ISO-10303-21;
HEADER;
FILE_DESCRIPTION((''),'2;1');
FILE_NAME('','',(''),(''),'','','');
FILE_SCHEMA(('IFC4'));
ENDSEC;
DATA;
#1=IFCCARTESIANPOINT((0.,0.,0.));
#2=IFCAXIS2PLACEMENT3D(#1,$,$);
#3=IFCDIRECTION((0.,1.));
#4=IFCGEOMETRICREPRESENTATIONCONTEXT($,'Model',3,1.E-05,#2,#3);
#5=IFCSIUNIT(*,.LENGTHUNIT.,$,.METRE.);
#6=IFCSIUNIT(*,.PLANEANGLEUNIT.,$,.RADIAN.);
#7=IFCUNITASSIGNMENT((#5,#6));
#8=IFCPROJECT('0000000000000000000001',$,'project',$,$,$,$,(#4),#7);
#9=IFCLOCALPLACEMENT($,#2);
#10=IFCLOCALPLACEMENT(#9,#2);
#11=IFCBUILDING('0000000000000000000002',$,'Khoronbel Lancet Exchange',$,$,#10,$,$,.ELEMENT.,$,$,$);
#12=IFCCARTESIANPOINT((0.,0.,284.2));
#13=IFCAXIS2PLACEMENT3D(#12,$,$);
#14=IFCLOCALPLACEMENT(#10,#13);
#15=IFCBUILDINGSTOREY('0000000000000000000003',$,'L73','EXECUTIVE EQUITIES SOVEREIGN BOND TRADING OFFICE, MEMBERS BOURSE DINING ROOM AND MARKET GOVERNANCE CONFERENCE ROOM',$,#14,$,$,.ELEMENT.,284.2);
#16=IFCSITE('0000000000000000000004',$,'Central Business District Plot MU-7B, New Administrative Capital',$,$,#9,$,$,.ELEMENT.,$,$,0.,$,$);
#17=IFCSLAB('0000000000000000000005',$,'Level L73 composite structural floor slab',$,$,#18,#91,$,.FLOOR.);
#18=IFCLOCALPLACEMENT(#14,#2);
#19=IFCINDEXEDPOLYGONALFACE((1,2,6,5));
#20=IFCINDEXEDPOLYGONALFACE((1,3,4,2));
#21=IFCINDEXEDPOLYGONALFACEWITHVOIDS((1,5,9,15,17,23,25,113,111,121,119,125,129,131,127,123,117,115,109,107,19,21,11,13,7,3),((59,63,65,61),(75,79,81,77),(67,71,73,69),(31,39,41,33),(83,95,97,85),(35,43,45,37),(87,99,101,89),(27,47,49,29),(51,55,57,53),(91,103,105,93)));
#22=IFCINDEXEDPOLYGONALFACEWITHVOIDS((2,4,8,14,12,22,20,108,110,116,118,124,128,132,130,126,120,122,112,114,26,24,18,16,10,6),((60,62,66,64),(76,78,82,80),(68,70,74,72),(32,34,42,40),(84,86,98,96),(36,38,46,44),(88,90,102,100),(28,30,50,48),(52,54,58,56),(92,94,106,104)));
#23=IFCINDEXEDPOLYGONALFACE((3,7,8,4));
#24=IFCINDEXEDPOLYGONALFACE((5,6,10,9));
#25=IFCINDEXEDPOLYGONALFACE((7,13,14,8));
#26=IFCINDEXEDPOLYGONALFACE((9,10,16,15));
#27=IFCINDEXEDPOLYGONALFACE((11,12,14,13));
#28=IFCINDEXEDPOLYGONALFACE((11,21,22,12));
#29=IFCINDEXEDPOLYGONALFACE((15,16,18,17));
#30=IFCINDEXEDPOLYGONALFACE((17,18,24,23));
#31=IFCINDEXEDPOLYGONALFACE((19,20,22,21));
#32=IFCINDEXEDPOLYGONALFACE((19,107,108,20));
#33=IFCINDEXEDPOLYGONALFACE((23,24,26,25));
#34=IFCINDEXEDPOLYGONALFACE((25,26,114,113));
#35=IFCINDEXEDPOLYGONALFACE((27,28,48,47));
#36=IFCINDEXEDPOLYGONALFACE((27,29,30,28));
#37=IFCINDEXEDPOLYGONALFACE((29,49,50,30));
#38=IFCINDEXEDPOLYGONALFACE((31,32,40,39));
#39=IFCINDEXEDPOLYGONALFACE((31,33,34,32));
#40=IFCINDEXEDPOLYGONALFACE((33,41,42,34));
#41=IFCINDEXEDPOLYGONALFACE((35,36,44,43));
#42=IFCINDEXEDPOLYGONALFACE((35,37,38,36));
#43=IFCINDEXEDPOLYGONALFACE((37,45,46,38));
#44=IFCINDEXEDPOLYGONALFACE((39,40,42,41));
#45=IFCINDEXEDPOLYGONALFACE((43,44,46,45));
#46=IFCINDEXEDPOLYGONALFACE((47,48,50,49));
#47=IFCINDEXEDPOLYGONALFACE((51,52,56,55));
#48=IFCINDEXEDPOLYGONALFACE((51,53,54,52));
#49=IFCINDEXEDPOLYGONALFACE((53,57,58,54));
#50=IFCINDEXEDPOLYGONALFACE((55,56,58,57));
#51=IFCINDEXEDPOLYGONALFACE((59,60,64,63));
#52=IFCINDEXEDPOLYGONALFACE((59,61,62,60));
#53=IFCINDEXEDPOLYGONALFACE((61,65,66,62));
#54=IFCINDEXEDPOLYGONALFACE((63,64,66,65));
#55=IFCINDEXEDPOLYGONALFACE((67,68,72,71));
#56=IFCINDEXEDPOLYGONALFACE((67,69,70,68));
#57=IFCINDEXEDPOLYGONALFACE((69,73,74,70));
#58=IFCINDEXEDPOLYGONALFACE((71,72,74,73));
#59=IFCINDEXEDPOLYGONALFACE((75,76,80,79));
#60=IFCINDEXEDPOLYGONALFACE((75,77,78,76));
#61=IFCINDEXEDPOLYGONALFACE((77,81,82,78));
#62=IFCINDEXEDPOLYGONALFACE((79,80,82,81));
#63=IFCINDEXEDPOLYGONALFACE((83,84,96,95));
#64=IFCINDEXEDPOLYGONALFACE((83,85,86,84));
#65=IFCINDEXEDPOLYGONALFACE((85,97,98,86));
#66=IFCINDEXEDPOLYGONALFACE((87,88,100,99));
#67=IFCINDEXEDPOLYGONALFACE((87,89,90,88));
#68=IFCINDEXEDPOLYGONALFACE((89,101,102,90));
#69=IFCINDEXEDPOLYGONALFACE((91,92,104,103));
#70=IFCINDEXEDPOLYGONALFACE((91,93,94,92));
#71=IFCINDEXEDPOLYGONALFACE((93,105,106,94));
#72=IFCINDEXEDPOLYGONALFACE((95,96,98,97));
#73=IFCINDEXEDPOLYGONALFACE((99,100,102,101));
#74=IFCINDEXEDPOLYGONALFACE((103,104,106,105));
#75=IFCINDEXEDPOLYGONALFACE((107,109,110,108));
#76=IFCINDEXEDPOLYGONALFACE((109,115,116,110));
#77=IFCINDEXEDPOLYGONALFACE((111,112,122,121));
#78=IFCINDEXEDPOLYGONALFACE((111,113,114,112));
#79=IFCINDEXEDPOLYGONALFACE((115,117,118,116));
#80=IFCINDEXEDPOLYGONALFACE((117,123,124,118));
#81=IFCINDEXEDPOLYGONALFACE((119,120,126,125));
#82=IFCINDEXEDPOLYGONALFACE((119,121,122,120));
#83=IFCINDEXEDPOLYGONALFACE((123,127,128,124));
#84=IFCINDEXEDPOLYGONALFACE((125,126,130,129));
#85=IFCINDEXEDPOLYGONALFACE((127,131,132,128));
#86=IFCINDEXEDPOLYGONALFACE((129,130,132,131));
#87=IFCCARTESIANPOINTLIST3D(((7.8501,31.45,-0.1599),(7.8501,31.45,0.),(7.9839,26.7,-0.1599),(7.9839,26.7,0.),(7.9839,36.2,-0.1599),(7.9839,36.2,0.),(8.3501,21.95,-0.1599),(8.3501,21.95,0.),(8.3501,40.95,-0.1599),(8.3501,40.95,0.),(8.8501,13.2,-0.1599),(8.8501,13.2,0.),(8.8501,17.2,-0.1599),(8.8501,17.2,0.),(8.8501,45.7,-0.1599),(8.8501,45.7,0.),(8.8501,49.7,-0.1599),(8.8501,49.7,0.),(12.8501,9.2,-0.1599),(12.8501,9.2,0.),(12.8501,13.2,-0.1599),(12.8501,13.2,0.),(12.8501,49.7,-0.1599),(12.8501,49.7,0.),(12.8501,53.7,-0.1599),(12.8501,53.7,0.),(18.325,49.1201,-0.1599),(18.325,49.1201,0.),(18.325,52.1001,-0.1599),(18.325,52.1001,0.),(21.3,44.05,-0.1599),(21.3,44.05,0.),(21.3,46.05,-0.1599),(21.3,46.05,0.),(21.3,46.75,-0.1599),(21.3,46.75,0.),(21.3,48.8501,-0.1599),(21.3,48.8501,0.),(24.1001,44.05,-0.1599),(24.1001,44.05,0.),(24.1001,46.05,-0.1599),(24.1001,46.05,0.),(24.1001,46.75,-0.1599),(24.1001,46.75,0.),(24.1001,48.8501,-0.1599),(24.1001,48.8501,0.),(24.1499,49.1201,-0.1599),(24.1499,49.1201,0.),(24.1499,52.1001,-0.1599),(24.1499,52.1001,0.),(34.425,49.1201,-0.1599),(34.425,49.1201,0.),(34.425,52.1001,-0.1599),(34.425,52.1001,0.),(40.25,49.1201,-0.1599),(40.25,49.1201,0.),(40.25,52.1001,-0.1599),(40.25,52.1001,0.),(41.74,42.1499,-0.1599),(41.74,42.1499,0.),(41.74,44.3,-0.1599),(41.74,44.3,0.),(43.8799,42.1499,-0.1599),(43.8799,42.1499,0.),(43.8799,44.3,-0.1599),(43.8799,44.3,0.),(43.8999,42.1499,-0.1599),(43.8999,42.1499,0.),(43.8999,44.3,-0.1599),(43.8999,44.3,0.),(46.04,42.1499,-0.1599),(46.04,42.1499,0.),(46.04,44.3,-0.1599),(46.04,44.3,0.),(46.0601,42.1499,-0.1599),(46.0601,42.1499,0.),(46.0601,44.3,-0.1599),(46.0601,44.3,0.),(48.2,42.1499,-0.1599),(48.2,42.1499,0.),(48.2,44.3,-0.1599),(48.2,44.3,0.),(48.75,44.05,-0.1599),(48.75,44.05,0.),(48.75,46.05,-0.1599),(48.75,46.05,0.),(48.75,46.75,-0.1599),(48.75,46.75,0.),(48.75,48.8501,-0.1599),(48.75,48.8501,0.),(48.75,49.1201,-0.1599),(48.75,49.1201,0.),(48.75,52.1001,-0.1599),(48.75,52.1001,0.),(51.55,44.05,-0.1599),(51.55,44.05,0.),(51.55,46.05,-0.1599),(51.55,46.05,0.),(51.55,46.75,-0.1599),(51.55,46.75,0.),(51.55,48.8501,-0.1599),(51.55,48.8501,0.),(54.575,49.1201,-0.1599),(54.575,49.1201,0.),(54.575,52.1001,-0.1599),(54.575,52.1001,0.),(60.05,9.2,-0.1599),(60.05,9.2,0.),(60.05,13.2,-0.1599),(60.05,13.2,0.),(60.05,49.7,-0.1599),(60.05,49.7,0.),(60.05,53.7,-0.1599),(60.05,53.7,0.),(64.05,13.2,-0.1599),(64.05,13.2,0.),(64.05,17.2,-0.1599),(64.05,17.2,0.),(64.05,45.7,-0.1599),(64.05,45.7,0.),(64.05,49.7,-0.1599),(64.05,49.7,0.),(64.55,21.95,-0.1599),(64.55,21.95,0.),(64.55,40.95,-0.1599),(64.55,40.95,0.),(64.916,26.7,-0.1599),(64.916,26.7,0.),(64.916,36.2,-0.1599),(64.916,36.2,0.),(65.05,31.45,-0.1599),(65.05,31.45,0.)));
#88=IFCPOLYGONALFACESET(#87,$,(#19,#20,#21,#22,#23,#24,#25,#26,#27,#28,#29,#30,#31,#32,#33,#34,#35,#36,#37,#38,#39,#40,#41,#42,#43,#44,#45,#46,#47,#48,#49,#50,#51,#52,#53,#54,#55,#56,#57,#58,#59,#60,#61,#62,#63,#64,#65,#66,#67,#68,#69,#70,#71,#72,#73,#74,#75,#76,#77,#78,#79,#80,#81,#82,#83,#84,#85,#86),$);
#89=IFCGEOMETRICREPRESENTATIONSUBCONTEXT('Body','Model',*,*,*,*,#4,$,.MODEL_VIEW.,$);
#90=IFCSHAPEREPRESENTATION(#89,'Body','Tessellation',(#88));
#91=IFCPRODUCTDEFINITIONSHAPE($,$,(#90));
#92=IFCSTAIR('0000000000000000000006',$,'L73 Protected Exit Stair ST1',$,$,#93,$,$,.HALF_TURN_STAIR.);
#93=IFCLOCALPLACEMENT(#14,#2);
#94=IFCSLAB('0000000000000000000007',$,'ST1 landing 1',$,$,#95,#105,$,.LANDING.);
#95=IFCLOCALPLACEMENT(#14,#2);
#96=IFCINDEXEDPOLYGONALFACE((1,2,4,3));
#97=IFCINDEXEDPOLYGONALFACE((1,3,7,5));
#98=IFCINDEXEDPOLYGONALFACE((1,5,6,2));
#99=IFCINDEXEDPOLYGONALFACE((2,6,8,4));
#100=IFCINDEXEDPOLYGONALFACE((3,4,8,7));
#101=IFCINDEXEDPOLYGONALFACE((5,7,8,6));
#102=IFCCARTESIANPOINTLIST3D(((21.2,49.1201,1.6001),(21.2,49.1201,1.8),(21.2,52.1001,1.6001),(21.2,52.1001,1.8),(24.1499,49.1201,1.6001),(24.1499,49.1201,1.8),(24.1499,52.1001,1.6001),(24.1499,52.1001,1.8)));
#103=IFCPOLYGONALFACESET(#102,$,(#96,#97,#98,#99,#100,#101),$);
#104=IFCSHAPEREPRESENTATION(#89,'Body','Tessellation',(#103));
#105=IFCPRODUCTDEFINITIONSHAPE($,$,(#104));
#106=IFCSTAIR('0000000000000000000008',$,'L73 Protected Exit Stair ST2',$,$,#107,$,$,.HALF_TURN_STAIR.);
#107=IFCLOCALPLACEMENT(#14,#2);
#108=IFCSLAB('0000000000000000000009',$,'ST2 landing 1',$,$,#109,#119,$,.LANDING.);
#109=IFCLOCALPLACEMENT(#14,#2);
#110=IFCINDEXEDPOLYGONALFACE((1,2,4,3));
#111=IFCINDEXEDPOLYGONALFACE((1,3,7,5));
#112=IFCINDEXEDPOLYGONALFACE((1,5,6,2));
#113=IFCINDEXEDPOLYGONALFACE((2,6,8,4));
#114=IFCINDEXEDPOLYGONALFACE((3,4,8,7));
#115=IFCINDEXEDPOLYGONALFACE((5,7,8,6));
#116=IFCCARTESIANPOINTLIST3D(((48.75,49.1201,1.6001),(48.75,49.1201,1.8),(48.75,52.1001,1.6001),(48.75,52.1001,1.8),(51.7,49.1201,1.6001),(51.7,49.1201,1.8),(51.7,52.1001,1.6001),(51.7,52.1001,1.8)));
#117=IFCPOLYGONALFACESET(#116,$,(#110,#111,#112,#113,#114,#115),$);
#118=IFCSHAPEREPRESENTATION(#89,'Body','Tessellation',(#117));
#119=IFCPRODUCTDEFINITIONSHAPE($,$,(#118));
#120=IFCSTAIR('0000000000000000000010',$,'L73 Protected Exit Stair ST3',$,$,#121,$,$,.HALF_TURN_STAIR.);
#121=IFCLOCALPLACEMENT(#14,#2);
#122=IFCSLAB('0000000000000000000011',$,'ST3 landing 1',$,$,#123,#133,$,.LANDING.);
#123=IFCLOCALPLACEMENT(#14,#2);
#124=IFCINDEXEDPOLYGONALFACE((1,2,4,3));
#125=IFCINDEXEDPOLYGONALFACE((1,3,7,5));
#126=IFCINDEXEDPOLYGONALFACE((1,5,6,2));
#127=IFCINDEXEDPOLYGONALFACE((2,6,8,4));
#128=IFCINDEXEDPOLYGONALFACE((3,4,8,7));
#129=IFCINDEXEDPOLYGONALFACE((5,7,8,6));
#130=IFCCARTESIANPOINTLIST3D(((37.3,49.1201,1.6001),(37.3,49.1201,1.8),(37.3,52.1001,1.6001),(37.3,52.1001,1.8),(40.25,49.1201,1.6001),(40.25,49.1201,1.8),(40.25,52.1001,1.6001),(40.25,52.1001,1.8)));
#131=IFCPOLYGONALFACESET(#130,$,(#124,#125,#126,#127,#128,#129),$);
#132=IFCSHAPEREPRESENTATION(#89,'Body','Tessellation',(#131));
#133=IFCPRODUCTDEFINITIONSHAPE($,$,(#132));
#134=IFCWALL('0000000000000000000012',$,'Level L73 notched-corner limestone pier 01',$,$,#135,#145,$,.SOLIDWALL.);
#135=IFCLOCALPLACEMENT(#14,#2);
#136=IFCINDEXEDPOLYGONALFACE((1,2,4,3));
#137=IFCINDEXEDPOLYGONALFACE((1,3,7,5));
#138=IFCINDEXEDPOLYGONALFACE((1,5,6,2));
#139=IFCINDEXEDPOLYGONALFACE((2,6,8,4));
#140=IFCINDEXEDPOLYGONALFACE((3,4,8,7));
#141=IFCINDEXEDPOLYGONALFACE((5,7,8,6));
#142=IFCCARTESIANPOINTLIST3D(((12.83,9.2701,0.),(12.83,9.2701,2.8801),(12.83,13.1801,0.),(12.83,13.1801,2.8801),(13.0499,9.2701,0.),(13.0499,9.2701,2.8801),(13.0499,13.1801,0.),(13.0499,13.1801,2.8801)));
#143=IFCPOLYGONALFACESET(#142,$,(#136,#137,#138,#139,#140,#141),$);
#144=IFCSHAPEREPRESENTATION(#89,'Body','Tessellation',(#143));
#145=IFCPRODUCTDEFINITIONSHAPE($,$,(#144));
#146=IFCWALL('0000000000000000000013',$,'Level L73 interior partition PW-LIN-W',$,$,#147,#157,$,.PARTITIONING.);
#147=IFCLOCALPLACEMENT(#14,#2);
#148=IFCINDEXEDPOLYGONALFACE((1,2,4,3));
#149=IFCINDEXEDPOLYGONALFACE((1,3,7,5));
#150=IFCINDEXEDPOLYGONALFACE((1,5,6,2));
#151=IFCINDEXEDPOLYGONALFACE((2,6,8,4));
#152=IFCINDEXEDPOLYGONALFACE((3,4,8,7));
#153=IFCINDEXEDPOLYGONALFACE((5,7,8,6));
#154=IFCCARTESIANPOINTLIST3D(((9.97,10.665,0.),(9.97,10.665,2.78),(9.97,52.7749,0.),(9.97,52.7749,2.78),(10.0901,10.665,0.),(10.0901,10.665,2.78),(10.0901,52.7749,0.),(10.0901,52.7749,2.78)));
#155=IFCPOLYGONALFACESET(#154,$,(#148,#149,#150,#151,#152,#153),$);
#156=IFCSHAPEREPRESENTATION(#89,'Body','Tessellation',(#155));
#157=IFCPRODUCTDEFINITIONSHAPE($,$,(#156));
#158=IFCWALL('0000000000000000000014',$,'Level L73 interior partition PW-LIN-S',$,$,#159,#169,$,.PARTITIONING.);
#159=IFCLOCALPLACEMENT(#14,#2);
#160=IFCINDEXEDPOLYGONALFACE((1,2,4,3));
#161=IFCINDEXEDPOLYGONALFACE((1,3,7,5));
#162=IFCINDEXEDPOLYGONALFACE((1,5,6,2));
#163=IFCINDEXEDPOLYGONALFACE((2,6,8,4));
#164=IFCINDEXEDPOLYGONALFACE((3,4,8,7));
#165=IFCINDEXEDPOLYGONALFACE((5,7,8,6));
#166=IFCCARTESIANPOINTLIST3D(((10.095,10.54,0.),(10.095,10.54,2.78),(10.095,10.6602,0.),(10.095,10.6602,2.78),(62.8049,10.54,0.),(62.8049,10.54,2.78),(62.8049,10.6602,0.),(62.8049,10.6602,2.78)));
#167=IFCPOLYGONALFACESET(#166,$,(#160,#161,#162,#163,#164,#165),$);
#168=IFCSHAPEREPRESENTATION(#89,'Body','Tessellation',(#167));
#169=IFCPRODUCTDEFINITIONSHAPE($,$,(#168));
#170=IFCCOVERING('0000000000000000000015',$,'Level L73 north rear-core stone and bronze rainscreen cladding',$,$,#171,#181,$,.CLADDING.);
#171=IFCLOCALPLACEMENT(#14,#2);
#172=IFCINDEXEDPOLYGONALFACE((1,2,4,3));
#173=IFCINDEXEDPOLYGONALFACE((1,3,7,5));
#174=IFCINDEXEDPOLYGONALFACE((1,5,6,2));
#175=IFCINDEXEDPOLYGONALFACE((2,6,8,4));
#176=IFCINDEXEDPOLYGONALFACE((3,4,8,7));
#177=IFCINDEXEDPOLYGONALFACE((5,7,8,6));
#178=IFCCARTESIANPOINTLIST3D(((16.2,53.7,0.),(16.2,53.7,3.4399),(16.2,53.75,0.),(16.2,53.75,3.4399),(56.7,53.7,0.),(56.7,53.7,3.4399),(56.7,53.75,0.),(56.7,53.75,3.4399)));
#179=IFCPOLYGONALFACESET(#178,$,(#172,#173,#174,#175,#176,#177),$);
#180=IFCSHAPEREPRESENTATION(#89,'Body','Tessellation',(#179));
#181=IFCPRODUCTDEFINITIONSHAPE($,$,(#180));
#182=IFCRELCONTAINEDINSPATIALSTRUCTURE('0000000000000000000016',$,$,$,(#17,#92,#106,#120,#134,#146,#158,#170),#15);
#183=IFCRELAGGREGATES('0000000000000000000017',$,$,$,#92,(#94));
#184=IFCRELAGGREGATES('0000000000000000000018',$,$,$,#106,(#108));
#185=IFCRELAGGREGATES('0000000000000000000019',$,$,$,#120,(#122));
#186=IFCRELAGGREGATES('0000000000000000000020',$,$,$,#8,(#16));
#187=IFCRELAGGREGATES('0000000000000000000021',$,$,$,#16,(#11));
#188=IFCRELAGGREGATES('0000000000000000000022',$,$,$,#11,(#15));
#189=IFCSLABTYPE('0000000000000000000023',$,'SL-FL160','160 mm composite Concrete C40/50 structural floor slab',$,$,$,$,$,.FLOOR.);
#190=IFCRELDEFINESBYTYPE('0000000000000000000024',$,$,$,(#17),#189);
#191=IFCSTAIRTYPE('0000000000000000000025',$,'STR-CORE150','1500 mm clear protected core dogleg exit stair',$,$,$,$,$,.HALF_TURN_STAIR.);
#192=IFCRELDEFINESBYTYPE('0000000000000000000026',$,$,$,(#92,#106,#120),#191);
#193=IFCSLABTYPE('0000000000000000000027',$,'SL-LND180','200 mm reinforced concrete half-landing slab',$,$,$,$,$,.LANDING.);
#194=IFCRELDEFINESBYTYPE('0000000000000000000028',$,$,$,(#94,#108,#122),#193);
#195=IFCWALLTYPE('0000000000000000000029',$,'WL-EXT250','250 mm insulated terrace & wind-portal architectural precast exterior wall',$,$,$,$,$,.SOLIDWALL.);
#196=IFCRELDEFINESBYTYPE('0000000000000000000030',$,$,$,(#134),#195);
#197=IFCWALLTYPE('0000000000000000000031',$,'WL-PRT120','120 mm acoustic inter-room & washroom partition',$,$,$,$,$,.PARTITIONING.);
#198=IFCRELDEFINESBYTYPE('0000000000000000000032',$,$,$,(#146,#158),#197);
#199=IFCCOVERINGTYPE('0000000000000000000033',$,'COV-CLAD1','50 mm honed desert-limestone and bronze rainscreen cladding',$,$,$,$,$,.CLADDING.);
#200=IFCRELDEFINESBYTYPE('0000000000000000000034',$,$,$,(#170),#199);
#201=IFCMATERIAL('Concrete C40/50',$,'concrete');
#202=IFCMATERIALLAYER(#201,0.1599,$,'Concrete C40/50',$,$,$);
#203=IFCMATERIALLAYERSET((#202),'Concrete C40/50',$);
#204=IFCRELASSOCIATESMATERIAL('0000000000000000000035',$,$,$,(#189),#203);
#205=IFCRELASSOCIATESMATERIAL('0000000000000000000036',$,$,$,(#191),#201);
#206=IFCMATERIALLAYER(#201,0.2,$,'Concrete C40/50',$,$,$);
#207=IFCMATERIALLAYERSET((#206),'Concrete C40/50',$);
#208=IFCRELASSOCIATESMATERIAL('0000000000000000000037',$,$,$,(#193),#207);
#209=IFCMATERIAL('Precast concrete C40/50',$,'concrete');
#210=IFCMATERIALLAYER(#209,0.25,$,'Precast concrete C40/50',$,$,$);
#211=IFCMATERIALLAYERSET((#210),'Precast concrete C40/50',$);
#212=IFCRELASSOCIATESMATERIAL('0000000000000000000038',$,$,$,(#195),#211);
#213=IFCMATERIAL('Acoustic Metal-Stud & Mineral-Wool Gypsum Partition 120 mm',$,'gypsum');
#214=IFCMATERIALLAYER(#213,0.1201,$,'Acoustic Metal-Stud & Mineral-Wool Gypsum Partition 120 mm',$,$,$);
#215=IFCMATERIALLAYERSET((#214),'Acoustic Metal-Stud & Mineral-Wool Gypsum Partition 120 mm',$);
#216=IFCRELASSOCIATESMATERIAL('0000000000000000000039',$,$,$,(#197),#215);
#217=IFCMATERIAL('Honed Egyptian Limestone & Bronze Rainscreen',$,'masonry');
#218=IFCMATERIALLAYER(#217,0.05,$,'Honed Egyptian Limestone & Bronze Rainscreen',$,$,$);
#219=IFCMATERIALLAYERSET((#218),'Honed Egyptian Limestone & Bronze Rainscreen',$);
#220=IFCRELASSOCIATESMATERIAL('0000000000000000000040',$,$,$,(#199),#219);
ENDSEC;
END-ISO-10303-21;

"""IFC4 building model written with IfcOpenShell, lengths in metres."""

from ifc_helpers import new_model, si_unit, direction, frame, frame_2d, origin, place, context, subcontext, project, spatial, polyline, rectangle, outline, extrude, material, layer, layer_set, type_object, element, aggregate, save


model = new_model("IFC4")

# Units and contexts
model_context = context("Model", 3, precision=1e-05, world=origin(), true_north=direction((0.0, 1.0)))
body_context = subcontext(model_context, "Body", "Model", "MODEL_VIEW")
ifc_project = project(units=[si_unit("LENGTHUNIT", "METRE"), si_unit("PLANEANGLEUNIT", "RADIAN")], contexts=[model_context])

# Site, building, storey
site_placement = place(None, origin())
site = spatial("IfcSite", under=ifc_project, at=site_placement, Name="Central Business District Plot MU-7B, New Administrative Capital", CompositionType="ELEMENT", RefElevation=0.0)
building_placement = place(site_placement, origin())
building = spatial("IfcBuilding", under=site, at=building_placement, Name="Khoronbel Lancet Exchange", CompositionType="ELEMENT")
storey_placement = place(building_placement, frame((0.0, 0.0, 284.2)))
storey = spatial("IfcBuildingStorey", under=building, at=storey_placement, Name="L73", Description="EXECUTIVE EQUITIES SOVEREIGN BOND TRADING OFFICE, MEMBERS BOURSE DINING ROOM AND MARKET GOVERNANCE CONFERENCE ROOM", CompositionType="ELEMENT", Elevation=284.2)

# Slab
ifc_material_1 = material(Name="Concrete C40/50", Category="concrete")
ifc_layer_1 = layer(ifc_material_1, 0.1599, Name="Concrete C40/50")
ifc_layer_set_1 = layer_set([ifc_layer_1], Name="Concrete C40/50")
slab_type_1 = type_object("IfcSlabType", Name="SL-FL160", Description="160 mm composite Concrete C40/50 structural floor slab", PredefinedType="FLOOR", material=ifc_layer_set_1)
slab_1_placement = place(storey_placement, frame((0.0, 0.0, -0.1599)))
element("IfcSlab", 1, at=slab_1_placement, inside=storey, type_object=slab_type_1, Name="Level L73 composite structural floor slab", PredefinedType="FLOOR", context=body_context, shape_type="SweptSolid", body=[
    extrude(outline(polyline([(12.8501, 9.2), (60.05, 9.2), (60.05, 13.2), (64.05, 13.2), (64.05, 17.2), (64.55, 21.95), (64.916, 26.7), (65.05, 31.45), (64.916, 36.2), (64.55, 40.95), (64.05, 45.7), (64.05, 49.7), (60.05, 49.7), (60.05, 53.7), (12.8501, 53.7), (12.8501, 49.7), (8.8501, 49.7), (8.8501, 45.7), (8.3501, 40.95), (7.9839, 36.2), (7.8501, 31.45), (7.9839, 26.7), (8.3501, 21.95), (8.8501, 17.2), (8.8501, 13.2), (12.8501, 13.2), (12.8501, 9.2)]), holes=[polyline([(18.325, 49.1201), (24.1499, 49.1201), (24.1499, 52.1001), (18.325, 52.1001), (18.325, 49.1201)]), polyline([(48.75, 49.1201), (54.575, 49.1201), (54.575, 52.1001), (48.75, 52.1001), (48.75, 49.1201)]), polyline([(34.425, 49.1201), (40.25, 49.1201), (40.25, 52.1001), (34.425, 52.1001), (34.425, 49.1201)]), polyline([(41.74, 42.1499), (43.8799, 42.1499), (43.8799, 44.3), (41.74, 44.3), (41.74, 42.1499)]), polyline([(43.8999, 42.1499), (46.04, 42.1499), (46.04, 44.3), (43.8999, 44.3), (43.8999, 42.1499)]), polyline([(46.0601, 42.1499), (48.2, 42.1499), (48.2, 44.3), (46.0601, 44.3), (46.0601, 42.1499)]), polyline([(21.3, 46.75), (24.1001, 46.75), (24.1001, 48.8501), (21.3, 48.8501), (21.3, 46.75)]), polyline([(48.75, 46.75), (51.55, 46.75), (51.55, 48.8501), (48.75, 48.8501), (48.75, 46.75)]), polyline([(21.3, 44.05), (24.1001, 44.05), (24.1001, 46.05), (21.3, 46.05), (21.3, 44.05)]), polyline([(48.75, 44.05), (51.55, 44.05), (51.55, 46.05), (48.75, 46.05), (48.75, 44.05)])]), origin(), (0.0, 0.0, 1.0), 0.1599),
])

# Stairs, slabs
stair_type = type_object("IfcStairType", Name="STR-CORE150", Description="1500 mm clear protected core dogleg exit stair", PredefinedType="HALF_TURN_STAIR", material=ifc_material_1)
stair_1_placement = place(storey_placement, origin())
stair_1 = element("IfcStair", 2, at=stair_1_placement, inside=storey, type_object=stair_type, Name="L73 Protected Exit Stair ST1", PredefinedType="HALF_TURN_STAIR")
ifc_layer_2 = layer(ifc_material_1, 0.2, Name="Concrete C40/50")
ifc_layer_set_2 = layer_set([ifc_layer_2], Name="Concrete C40/50")
slab_type_2 = type_object("IfcSlabType", Name="SL-LND180", Description="200 mm reinforced concrete half-landing slab", PredefinedType="LANDING", material=ifc_layer_set_2)
slab_2_placement = place(storey_placement, frame((0.0, 0.0, 1.6001)))
slab_2 = element("IfcSlab", 3, at=slab_2_placement, type_object=slab_type_2, Name="ST1 landing 1", PredefinedType="LANDING", context=body_context, shape_type="SweptSolid", body=[
    extrude(outline(polyline([(21.2, 49.1201), (24.1499, 49.1201), (24.1499, 52.1001), (21.2, 52.1001), (21.2, 49.1201)])), origin(), (0.0, 0.0, 1.0), 0.2),
])
aggregate(stair_1, [slab_2])
stair_2_placement = place(storey_placement, origin())
stair_2 = element("IfcStair", 4, at=stair_2_placement, inside=storey, type_object=stair_type, Name="L73 Protected Exit Stair ST2", PredefinedType="HALF_TURN_STAIR")
slab_3_placement = place(storey_placement, frame((0.0, 0.0, 1.6001)))
slab_3 = element("IfcSlab", 5, at=slab_3_placement, type_object=slab_type_2, Name="ST2 landing 1", PredefinedType="LANDING", context=body_context, shape_type="SweptSolid", body=[
    extrude(outline(polyline([(51.7, 52.1001), (48.75, 52.1001), (48.75, 49.1201), (51.7, 49.1201), (51.7, 52.1001)])), origin(), (0.0, 0.0, 1.0), 0.2),
])
aggregate(stair_2, [slab_3])
stair_3_placement = place(storey_placement, origin())
stair_3 = element("IfcStair", 6, at=stair_3_placement, inside=storey, type_object=stair_type, Name="L73 Protected Exit Stair ST3", PredefinedType="HALF_TURN_STAIR")
slab_4_placement = place(storey_placement, frame((0.0, 0.0, 1.6001)))
slab_4 = element("IfcSlab", 7, at=slab_4_placement, type_object=slab_type_2, Name="ST3 landing 1", PredefinedType="LANDING", context=body_context, shape_type="SweptSolid", body=[
    extrude(outline(polyline([(37.3, 49.1201), (40.25, 49.1201), (40.25, 52.1001), (37.3, 52.1001), (37.3, 49.1201)])), origin(), (0.0, 0.0, 1.0), 0.2),
])
aggregate(stair_3, [slab_4])

# Walls
ifc_material_2 = material(Name="Precast concrete C40/50", Category="concrete")
ifc_layer_3 = layer(ifc_material_2, 0.25, Name="Precast concrete C40/50")
ifc_layer_set_3 = layer_set([ifc_layer_3], Name="Precast concrete C40/50")
wall_type_1 = type_object("IfcWallType", Name="WL-EXT250", Description="250 mm insulated terrace & wind-portal architectural precast exterior wall", PredefinedType="SOLIDWALL", material=ifc_layer_set_3)
wall_1_placement = place(storey_placement, frame((12.9399, 9.27, 0.0), z_axis=(0.0, 0.0, 1.0), x_axis=(0.0, 1.0, 0.0)))
element("IfcWall", 8, at=wall_1_placement, inside=storey, type_object=wall_type_1, Name="Level L73 notched-corner limestone pier 01", PredefinedType="SOLIDWALL", context=body_context, shape_type="SweptSolid", body=[
    extrude(rectangle(XDim=3.9099, YDim=0.22, at=frame_2d((1.9551, 0.0))), origin(), (0.0, 0.0, 1.0), 2.8801),
])
ifc_material_3 = material(Name="Acoustic Metal-Stud & Mineral-Wool Gypsum Partition 120 mm", Category="gypsum")
ifc_layer_4 = layer(ifc_material_3, 0.1201, Name="Acoustic Metal-Stud & Mineral-Wool Gypsum Partition 120 mm")
ifc_layer_set_4 = layer_set([ifc_layer_4], Name="Acoustic Metal-Stud & Mineral-Wool Gypsum Partition 120 mm")
wall_type_2 = type_object("IfcWallType", Name="WL-PRT120", Description="120 mm acoustic inter-room & washroom partition", PredefinedType="PARTITIONING", material=ifc_layer_set_4)
wall_2_placement = place(storey_placement, frame((10.03, 10.665, 0.0), z_axis=(0.0, 0.0, 1.0), x_axis=(0.0, 1.0, 0.0)))
element("IfcWall", 9, at=wall_2_placement, inside=storey, type_object=wall_type_2, Name="Level L73 interior partition PW-LIN-W", PredefinedType="PARTITIONING", context=body_context, shape_type="SweptSolid", body=[
    extrude(rectangle(XDim=42.1099, YDim=0.1201, at=frame_2d((21.0549, 0.0))), origin(), (0.0, 0.0, 1.0), 2.78),
])
wall_3_placement = place(storey_placement, frame((10.095, 10.6001, 0.0), z_axis=(0.0, 0.0, 1.0), x_axis=(1.0, 0.0, 0.0)))
element("IfcWall", 10, at=wall_3_placement, inside=storey, type_object=wall_type_2, Name="Level L73 interior partition PW-LIN-S", PredefinedType="PARTITIONING", context=body_context, shape_type="SweptSolid", body=[
    extrude(rectangle(XDim=52.71, YDim=0.1201, at=frame_2d((26.355, 0.0))), origin(), (0.0, 0.0, 1.0), 2.78),
])

# Covering
ifc_material_4 = material(Name="Honed Egyptian Limestone & Bronze Rainscreen", Category="masonry")
ifc_layer_5 = layer(ifc_material_4, 0.05, Name="Honed Egyptian Limestone & Bronze Rainscreen")
ifc_layer_set_5 = layer_set([ifc_layer_5], Name="Honed Egyptian Limestone & Bronze Rainscreen")
covering_type = type_object("IfcCoveringType", Name="COV-CLAD1", Description="50 mm honed desert-limestone and bronze rainscreen cladding", PredefinedType="CLADDING", material=ifc_layer_set_5)
covering_placement = place(storey_placement, origin())
element("IfcCovering", 11, at=covering_placement, inside=storey, type_object=covering_type, Name="Level L73 north rear-core stone and bronze rainscreen cladding", PredefinedType="CLADDING", context=body_context, shape_type="SweptSolid", body=[
    extrude(outline(polyline([(16.2, 53.7), (56.7, 53.7), (56.7, 53.75), (16.2, 53.75), (16.2, 53.7)])), origin(), (0.0, 0.0, 1.0), 3.4399),
])

save(model, "model.ifc")
